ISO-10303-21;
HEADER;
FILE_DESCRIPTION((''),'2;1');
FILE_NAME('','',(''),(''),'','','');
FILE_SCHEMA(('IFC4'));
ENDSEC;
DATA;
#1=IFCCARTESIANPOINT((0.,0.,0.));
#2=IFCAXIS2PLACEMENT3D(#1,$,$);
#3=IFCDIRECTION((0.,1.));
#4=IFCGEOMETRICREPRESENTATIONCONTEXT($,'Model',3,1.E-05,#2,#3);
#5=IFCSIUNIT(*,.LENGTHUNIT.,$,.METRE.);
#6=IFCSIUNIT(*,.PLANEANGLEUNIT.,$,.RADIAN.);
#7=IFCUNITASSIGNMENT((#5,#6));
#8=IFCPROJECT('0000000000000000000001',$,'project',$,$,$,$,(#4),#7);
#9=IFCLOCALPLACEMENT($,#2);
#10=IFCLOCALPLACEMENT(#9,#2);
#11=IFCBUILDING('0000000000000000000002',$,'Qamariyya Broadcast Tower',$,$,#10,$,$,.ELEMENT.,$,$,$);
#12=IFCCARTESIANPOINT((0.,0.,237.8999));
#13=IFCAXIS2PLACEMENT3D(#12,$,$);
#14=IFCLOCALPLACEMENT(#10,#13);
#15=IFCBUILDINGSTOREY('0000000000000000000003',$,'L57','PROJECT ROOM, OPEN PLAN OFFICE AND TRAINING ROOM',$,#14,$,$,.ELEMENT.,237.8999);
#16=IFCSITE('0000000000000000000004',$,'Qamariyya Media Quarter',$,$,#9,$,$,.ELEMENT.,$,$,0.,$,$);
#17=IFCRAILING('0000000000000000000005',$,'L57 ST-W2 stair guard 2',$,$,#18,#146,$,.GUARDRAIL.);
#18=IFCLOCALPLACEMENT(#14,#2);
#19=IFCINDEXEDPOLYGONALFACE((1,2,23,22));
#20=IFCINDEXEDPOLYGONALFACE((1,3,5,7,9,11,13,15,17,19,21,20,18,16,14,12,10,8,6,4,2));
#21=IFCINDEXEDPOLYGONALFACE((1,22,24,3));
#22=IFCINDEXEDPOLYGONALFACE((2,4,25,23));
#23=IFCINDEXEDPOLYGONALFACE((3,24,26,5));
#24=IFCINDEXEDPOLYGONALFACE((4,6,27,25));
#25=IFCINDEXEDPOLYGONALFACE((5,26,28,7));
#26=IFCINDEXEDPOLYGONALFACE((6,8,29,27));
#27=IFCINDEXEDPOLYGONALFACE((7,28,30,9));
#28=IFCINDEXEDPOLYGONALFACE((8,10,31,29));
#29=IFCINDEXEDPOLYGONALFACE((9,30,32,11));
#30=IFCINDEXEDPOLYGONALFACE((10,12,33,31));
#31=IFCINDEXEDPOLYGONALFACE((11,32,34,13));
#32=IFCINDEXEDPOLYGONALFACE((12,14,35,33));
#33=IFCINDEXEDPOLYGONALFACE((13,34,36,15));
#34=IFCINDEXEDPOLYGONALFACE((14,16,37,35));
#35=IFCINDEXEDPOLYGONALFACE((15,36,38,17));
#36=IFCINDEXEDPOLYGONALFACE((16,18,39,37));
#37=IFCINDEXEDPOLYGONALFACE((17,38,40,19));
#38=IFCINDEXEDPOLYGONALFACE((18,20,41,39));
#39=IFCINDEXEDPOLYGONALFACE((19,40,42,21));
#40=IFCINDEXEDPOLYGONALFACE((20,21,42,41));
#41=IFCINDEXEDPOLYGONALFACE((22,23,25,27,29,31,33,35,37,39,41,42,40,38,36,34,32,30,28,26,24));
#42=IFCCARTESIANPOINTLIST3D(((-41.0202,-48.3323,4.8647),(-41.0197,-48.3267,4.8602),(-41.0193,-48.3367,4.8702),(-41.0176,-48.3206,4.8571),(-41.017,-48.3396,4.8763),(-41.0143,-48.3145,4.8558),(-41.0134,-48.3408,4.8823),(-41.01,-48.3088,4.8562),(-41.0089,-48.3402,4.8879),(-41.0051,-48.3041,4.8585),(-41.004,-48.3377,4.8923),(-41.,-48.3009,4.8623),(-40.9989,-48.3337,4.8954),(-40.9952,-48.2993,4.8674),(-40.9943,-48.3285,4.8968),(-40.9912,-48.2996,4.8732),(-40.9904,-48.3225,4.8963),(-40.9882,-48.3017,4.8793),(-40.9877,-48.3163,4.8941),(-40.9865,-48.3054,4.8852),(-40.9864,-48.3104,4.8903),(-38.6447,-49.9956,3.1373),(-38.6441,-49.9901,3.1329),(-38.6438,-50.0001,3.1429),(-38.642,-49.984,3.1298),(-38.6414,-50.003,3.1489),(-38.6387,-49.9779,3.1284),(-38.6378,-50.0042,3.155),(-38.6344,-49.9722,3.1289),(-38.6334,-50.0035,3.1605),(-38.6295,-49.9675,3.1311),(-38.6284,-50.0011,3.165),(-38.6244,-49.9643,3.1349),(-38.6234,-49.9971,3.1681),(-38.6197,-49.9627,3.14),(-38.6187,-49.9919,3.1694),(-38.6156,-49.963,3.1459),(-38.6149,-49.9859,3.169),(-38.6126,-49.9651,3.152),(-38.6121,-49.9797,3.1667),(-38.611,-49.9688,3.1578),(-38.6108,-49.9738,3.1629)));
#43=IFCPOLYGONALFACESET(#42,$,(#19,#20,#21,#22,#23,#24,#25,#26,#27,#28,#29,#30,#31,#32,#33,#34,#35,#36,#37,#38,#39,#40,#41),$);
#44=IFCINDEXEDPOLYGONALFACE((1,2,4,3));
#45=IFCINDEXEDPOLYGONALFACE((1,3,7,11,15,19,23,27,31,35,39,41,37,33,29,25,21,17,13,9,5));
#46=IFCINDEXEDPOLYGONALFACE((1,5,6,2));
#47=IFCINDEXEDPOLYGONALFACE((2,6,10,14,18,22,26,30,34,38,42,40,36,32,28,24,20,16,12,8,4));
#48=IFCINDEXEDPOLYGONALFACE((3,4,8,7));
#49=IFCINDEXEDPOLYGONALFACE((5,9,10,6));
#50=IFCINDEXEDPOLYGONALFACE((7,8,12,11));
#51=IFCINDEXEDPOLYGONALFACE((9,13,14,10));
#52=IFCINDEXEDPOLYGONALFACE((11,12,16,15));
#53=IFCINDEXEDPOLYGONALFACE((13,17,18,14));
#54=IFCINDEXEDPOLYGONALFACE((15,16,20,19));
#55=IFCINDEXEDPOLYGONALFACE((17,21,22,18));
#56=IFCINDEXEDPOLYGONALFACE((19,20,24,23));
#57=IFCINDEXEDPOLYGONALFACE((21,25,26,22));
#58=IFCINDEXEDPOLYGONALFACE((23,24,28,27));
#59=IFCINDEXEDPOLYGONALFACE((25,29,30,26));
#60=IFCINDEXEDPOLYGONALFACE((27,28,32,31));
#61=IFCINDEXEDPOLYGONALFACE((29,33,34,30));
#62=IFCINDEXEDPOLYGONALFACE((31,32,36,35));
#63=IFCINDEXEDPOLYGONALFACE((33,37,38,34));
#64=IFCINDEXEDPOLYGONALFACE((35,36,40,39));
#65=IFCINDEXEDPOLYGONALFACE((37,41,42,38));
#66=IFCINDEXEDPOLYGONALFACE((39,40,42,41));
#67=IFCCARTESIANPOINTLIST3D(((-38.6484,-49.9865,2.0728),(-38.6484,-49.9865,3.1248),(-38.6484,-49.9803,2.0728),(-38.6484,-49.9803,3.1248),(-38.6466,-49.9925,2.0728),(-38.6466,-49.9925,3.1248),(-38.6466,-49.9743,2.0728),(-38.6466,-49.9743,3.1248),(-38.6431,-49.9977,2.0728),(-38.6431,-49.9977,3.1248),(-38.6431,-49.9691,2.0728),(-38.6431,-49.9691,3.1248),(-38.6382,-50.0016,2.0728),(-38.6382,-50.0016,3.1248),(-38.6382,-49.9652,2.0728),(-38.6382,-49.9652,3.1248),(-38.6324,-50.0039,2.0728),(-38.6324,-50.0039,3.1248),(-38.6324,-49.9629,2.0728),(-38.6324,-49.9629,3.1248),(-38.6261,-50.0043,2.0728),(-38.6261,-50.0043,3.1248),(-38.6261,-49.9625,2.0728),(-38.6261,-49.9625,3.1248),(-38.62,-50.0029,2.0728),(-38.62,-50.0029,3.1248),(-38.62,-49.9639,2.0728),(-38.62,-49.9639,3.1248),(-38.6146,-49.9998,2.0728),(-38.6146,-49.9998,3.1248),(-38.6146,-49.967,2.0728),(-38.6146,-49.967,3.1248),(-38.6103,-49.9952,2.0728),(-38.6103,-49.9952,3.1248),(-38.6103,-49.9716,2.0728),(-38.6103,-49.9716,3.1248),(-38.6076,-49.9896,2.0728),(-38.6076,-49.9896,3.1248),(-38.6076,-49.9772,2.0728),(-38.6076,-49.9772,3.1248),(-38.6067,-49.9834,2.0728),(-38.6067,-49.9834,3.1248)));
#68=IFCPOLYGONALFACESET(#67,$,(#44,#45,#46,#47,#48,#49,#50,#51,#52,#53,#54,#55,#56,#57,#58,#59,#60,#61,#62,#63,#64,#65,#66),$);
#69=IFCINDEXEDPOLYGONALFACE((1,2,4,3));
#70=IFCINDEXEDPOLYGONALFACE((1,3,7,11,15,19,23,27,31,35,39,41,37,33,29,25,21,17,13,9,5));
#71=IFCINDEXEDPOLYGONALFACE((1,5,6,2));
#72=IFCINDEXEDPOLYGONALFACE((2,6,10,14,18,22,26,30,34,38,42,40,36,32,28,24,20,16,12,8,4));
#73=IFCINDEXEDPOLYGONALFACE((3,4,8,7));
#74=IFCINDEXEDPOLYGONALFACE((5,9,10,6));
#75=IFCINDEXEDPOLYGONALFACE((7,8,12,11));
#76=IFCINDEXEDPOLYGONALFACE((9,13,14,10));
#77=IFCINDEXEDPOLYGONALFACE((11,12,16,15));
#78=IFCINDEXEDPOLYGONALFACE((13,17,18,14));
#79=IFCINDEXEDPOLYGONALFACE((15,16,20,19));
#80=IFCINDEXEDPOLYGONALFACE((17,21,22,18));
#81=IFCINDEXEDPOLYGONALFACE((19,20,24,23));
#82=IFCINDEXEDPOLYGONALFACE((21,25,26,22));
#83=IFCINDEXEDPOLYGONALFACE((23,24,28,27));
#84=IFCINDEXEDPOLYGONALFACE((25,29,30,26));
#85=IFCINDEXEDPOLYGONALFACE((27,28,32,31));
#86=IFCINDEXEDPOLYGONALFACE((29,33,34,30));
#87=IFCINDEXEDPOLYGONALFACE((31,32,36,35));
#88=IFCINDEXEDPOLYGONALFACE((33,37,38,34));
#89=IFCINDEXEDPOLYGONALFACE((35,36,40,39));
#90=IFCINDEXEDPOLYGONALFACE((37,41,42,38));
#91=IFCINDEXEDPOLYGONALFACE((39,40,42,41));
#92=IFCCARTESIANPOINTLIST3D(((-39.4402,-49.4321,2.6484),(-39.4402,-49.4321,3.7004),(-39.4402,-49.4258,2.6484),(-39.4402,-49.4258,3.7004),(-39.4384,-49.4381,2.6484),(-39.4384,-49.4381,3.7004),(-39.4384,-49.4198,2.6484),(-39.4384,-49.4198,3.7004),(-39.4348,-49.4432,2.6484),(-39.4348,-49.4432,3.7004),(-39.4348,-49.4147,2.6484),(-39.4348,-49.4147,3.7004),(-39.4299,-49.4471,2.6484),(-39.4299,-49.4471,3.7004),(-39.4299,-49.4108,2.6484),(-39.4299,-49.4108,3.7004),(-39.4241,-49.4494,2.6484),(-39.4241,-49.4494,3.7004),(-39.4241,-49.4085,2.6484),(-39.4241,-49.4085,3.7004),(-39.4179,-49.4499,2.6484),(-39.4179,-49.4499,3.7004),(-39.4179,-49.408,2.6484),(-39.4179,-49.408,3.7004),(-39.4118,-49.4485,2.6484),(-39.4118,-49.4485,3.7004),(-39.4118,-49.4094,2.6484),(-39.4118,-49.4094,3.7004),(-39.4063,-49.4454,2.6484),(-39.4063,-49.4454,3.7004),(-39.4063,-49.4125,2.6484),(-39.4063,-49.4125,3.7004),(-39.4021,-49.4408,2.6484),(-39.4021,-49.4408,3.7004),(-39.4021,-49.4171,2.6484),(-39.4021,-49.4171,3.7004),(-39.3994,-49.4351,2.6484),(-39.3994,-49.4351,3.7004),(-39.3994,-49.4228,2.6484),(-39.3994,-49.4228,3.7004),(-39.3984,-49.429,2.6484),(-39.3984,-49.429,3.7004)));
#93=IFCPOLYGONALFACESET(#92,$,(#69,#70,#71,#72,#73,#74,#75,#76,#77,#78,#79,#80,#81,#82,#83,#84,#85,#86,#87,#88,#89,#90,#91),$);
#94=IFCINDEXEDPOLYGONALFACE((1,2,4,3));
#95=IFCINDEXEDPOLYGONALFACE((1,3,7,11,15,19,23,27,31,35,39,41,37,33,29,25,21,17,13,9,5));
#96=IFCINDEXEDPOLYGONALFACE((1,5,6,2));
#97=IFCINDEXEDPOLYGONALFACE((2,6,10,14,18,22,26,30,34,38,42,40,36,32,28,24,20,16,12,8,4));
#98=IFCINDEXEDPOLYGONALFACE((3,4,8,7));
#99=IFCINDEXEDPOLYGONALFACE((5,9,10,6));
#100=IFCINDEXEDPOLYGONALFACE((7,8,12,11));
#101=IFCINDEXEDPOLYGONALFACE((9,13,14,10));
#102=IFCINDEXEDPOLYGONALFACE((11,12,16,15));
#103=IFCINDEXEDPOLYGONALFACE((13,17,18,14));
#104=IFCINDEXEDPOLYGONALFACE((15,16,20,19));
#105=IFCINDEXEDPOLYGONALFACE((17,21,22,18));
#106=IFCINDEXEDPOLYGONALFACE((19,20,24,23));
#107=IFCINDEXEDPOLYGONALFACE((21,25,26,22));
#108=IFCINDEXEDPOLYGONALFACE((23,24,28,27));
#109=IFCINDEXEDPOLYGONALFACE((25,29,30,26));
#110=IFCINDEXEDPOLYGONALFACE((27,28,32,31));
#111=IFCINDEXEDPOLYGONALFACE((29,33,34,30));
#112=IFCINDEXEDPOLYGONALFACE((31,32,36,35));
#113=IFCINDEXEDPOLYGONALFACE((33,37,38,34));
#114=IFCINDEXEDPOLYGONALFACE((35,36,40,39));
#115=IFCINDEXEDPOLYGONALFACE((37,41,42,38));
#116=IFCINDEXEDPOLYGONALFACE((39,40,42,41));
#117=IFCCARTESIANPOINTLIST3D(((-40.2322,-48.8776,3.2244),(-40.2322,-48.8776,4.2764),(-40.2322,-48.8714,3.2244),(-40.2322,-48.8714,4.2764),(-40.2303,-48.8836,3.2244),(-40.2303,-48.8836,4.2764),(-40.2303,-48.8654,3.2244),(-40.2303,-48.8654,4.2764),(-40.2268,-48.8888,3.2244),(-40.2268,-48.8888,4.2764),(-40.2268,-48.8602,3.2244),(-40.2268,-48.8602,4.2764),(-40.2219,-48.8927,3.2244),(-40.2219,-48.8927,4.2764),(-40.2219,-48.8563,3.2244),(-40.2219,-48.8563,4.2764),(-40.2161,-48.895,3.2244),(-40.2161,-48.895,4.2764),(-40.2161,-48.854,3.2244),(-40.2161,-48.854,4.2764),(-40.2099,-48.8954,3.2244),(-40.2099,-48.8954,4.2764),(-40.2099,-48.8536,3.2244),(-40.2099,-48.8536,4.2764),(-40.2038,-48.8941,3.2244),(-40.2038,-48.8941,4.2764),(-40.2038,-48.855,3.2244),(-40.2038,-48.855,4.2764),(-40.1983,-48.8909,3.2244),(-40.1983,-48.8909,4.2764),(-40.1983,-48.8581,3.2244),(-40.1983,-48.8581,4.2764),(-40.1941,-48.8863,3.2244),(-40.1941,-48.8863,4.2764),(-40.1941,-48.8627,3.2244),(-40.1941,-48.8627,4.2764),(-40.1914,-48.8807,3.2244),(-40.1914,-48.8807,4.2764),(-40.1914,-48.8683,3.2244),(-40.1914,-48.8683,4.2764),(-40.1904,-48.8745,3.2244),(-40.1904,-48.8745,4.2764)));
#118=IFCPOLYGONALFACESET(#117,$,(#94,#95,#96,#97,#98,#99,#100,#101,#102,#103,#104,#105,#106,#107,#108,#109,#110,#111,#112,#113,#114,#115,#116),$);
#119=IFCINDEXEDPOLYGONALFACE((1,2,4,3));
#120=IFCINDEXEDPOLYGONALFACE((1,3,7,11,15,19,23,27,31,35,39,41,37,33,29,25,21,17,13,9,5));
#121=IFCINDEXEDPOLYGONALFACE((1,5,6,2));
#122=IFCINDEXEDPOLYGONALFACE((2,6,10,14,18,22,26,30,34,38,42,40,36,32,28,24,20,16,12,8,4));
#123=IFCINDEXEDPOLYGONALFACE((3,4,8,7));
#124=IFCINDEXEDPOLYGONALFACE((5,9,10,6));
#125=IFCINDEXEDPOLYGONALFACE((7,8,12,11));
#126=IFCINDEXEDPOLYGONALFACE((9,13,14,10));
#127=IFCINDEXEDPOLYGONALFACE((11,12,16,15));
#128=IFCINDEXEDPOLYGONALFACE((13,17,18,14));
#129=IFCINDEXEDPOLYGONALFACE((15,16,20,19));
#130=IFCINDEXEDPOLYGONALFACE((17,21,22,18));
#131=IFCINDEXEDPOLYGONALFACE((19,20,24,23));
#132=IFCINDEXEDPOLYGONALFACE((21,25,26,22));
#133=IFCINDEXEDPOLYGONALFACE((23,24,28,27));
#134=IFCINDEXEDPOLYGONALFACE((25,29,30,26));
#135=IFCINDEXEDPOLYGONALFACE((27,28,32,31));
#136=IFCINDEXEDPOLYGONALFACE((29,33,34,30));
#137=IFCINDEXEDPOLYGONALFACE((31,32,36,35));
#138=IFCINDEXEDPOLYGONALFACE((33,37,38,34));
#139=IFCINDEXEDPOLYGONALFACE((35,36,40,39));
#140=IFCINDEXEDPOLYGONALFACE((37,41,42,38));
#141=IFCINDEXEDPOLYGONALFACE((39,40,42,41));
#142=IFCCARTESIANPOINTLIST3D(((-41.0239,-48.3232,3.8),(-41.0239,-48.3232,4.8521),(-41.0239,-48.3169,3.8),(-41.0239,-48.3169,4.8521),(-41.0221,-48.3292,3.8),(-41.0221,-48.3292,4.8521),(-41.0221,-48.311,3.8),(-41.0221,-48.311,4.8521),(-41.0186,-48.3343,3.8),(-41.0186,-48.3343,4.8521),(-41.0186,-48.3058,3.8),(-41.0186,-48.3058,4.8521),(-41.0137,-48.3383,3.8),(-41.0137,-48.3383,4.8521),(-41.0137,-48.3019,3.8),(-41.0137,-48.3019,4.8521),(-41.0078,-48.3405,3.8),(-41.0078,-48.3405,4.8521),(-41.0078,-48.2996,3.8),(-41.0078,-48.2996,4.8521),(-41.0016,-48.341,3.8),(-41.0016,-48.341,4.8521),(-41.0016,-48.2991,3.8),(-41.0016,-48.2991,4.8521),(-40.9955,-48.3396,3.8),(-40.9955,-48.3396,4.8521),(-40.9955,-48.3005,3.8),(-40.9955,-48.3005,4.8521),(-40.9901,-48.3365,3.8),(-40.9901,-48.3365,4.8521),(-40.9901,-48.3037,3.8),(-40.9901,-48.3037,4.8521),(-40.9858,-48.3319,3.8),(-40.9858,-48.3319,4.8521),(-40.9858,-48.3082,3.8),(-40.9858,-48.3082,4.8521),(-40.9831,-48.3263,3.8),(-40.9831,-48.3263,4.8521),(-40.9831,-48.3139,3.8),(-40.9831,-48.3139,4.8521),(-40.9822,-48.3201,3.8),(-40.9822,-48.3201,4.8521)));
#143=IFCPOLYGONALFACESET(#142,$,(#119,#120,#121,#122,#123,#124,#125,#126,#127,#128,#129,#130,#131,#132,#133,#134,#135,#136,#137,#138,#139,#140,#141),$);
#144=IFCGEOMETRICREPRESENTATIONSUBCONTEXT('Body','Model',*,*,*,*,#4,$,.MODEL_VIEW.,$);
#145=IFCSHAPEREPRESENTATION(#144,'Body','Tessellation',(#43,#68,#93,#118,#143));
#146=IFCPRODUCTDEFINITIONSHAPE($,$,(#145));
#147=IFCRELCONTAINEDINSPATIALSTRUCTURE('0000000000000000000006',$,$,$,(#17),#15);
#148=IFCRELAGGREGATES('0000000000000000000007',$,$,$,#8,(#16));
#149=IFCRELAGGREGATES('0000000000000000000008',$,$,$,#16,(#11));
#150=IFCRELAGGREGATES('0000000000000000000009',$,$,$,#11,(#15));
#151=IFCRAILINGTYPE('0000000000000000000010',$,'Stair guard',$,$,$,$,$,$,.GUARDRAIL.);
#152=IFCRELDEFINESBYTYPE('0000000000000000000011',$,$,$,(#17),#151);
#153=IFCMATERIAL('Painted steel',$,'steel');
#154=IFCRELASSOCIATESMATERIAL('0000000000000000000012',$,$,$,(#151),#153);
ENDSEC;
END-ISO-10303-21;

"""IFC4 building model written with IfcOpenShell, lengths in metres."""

from ifc_helpers import new_model, si_unit, direction, frame, origin, origin_2d, place, context, subcontext, project, spatial, circle, extrude, material, type_object, element, save


model = new_model("IFC4")

# Units and contexts
model_context = context("Model", 3, precision=1e-05, world=origin(), true_north=direction((0.0, 1.0)))
body_context = subcontext(model_context, "Body", "Model", "MODEL_VIEW")
ifc_project = project(units=[si_unit("LENGTHUNIT", "METRE"), si_unit("PLANEANGLEUNIT", "RADIAN")], contexts=[model_context])

# Site, building, storey
site_placement = place(None, origin())
site = spatial("IfcSite", under=ifc_project, at=site_placement, Name="Qamariyya Media Quarter", CompositionType="ELEMENT", RefElevation=0.0)
building_placement = place(site_placement, origin())
building = spatial("IfcBuilding", under=site, at=building_placement, Name="Qamariyya Broadcast Tower", CompositionType="ELEMENT")
storey_placement = place(building_placement, frame((0.0, 0.0, 237.8999)))
storey = spatial("IfcBuildingStorey", under=building, at=storey_placement, Name="L57", Description="PROJECT ROOM, OPEN PLAN OFFICE AND TRAINING ROOM", CompositionType="ELEMENT", Elevation=237.8999)

# Railing
ifc_material_1 = material(Name="Painted steel", Category="steel")
railing_type_1 = type_object("IfcRailingType", Name="Stair guard", PredefinedType="GUARDRAIL", material=ifc_material_1)
railing_1_placement = place(storey_placement, frame((-38.6277, -49.9834, 2.0728)))
element("IfcRailing", 1, at=railing_1_placement, inside=storey, type_object=railing_type_1, Name="L57 ST-W2 stair guard 2", PredefinedType="GUARDRAIL", context=body_context, shape_type="SweptSolid", body=[
    extrude(circle(Radius=0.0239, at=origin_2d()), frame((0.0, 0.0, 1.0762), z_axis=(-0.70377, 0.492784, 0.511734), x_axis=(-0.573575, -0.819153, 0.0)), (0.0, 0.0, 1.0), 3.3755),
    extrude(circle(Radius=0.021, at=origin_2d()), origin(), (0.0, 0.0, 1.0), 1.052),
    extrude(circle(Radius=0.021, at=origin_2d()), frame((-0.7917, 0.5544, 0.5757)), (0.0, 0.0, 1.0), 1.052),
    extrude(circle(Radius=0.021, at=origin_2d()), frame((-1.5837, 1.1089, 1.1516)), (0.0, 0.0, 1.0), 1.052),
    extrude(circle(Radius=0.021, at=origin_2d()), frame((-2.3755, 1.6633, 1.7273)), (0.0, 0.0, 1.0), 1.052),
])

save(model, "model.ifc")
